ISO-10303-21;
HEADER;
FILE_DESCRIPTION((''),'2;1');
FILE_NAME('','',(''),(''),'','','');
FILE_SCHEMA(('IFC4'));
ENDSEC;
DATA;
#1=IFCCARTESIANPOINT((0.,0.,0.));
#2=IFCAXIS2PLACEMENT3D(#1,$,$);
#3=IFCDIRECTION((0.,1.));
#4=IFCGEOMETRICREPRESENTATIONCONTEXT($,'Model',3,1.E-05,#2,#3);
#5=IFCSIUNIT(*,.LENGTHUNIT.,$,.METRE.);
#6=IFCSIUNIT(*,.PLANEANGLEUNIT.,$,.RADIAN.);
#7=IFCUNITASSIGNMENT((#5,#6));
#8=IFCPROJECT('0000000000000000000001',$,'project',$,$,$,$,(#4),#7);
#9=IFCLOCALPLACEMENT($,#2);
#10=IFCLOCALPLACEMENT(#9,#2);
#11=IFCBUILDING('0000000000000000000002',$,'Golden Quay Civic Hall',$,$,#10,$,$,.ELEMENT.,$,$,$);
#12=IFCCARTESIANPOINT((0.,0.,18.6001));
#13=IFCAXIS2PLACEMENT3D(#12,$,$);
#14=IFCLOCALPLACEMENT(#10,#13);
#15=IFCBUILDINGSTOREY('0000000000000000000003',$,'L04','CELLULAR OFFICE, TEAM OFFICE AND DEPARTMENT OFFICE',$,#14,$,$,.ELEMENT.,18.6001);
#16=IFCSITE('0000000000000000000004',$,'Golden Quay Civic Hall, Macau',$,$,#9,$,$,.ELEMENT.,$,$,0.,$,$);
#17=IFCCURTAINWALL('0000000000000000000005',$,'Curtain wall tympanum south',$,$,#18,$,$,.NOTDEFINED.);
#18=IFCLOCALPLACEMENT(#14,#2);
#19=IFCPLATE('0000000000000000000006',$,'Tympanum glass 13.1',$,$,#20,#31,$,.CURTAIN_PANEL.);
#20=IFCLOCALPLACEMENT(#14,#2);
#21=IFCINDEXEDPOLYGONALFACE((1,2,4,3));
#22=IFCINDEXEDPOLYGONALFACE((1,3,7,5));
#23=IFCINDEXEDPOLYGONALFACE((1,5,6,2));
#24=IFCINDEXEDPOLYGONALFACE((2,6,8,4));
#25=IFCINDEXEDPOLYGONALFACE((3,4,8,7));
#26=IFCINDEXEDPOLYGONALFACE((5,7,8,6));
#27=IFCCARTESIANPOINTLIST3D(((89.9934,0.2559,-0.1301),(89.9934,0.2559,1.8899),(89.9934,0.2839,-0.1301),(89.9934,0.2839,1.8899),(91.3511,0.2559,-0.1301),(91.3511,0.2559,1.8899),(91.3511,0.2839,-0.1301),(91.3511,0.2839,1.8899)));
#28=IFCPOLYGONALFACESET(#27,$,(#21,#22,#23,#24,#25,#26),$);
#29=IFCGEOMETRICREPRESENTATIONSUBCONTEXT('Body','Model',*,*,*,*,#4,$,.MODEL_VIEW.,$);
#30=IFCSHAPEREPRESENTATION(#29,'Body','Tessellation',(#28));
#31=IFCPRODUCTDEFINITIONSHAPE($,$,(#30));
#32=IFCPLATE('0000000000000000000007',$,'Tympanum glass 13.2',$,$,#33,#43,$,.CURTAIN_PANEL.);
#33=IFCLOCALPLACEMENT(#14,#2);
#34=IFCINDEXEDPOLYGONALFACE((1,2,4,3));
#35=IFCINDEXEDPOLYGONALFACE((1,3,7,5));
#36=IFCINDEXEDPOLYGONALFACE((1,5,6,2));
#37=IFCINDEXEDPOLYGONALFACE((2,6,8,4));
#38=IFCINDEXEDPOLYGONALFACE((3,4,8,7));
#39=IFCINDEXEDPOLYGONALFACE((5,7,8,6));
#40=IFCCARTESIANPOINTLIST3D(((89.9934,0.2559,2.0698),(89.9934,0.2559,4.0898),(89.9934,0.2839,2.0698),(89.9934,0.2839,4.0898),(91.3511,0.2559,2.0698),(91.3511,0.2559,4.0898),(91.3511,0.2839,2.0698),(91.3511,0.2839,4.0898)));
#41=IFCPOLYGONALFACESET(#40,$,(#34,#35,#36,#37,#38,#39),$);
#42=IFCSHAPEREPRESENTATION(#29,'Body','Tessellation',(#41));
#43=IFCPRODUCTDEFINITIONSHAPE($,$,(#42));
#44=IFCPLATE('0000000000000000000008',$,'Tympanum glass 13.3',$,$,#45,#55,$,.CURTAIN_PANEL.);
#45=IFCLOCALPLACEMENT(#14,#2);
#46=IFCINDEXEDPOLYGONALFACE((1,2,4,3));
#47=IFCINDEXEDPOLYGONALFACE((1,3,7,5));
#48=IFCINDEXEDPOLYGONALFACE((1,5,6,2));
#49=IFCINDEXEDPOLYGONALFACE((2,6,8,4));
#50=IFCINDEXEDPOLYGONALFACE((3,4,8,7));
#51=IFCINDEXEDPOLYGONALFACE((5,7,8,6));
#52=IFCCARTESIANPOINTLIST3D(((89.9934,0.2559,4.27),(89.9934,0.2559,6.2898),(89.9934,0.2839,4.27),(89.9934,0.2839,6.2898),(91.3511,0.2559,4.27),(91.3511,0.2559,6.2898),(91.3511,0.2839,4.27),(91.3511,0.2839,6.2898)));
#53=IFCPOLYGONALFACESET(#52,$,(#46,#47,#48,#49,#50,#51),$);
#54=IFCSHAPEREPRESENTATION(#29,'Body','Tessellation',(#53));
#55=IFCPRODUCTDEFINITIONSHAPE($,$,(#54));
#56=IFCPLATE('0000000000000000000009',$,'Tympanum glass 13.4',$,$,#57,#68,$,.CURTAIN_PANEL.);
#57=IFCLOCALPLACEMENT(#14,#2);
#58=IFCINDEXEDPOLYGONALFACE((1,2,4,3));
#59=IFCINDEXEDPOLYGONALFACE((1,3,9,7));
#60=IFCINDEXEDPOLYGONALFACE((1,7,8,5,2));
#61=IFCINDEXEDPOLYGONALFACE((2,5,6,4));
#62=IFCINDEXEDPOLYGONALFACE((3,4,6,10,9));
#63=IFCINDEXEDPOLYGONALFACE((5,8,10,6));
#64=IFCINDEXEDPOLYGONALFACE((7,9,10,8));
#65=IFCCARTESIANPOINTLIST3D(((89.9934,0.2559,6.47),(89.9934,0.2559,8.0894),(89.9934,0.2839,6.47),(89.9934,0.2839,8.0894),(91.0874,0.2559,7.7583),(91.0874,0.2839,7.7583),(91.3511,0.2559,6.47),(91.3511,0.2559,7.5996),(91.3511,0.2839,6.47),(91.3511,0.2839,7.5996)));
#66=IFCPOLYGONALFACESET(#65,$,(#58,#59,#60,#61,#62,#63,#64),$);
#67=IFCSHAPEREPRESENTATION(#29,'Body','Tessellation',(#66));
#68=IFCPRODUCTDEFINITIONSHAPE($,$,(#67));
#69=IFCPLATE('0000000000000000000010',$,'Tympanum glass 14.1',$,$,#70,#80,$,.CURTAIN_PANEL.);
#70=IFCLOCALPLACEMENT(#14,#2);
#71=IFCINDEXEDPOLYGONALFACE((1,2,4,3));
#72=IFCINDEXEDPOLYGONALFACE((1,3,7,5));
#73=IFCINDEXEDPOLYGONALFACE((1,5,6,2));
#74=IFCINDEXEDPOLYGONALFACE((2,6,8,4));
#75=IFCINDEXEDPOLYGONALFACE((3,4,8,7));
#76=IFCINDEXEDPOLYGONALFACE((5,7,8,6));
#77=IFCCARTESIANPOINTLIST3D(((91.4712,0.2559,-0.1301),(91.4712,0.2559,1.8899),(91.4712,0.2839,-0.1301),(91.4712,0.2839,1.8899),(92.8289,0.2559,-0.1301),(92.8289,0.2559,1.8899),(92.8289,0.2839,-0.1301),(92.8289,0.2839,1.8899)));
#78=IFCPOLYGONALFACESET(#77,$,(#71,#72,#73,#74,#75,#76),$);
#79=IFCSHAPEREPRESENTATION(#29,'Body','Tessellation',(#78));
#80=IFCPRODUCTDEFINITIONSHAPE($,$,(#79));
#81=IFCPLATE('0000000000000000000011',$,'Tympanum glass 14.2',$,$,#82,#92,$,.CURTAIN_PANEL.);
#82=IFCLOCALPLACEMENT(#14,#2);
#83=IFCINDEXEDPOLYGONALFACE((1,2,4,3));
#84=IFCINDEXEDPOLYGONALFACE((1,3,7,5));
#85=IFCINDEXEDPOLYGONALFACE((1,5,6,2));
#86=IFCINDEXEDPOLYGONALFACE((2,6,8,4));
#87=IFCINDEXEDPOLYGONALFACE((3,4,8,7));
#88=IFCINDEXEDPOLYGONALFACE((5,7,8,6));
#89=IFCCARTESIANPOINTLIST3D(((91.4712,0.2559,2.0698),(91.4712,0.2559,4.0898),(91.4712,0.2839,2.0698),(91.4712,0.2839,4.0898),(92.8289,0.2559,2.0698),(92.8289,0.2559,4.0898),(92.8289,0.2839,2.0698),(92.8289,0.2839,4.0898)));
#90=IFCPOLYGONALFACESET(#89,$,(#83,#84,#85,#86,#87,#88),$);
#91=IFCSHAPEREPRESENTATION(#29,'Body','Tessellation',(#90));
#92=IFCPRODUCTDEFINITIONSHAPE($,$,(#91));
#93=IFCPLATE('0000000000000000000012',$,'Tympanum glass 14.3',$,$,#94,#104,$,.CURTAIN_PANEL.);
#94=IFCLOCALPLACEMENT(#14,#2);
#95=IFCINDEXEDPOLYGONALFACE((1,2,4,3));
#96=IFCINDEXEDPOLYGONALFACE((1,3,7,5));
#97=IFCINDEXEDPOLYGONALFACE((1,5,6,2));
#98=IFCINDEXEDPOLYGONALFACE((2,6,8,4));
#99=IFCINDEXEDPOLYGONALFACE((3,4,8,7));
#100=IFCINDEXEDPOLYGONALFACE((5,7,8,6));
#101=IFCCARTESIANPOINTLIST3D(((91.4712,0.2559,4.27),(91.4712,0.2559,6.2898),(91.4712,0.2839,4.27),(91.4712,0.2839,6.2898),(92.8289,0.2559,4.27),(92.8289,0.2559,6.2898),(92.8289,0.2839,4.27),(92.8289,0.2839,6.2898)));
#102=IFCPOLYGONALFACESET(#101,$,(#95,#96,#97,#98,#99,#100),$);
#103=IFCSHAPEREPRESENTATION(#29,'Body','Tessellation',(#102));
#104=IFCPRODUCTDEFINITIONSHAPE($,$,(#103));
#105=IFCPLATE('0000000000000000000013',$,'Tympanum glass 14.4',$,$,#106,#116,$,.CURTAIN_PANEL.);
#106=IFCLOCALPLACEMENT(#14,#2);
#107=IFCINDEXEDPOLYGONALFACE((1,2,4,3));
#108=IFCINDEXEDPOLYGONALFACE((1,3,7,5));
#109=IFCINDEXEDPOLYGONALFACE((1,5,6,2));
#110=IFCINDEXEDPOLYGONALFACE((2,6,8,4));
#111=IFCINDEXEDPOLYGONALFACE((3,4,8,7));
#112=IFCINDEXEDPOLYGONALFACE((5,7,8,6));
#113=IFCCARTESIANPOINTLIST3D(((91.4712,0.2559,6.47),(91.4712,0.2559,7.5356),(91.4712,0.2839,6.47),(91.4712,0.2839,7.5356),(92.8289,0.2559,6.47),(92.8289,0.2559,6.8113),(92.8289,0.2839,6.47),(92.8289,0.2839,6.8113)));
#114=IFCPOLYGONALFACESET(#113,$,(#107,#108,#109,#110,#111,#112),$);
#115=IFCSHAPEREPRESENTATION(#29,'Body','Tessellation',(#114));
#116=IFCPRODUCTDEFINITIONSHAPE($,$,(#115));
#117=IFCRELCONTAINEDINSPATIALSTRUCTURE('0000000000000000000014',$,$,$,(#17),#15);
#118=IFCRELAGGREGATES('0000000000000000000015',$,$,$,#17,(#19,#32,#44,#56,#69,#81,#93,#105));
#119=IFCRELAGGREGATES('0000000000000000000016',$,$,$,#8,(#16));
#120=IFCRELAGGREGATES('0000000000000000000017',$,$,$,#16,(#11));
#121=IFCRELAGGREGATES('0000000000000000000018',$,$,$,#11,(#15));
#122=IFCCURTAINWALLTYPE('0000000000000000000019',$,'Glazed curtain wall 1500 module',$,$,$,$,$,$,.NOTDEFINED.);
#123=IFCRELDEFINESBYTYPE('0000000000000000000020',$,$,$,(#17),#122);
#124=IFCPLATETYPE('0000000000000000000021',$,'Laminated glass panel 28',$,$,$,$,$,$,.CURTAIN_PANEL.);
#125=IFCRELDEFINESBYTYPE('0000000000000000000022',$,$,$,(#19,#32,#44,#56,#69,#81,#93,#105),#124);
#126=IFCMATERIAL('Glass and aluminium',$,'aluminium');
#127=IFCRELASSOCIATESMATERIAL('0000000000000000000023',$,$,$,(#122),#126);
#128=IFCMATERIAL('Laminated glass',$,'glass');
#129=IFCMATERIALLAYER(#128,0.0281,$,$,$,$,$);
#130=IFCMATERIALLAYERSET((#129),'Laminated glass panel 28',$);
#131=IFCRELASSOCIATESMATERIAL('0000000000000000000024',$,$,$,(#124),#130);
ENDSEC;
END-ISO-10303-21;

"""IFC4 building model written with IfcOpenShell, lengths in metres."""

from ifc_helpers import new_model, si_unit, direction, frame, origin, place, context, subcontext, project, spatial, polyline, outline, extrude, material, layer, layer_set, type_object, element, aggregate, save


model = new_model("IFC4")

# Units and contexts
model_context = context("Model", 3, precision=1e-05, world=origin(), true_north=direction((0.0, 1.0)))
body_context = subcontext(model_context, "Body", "Model", "MODEL_VIEW")
ifc_project = project(units=[si_unit("LENGTHUNIT", "METRE"), si_unit("PLANEANGLEUNIT", "RADIAN")], contexts=[model_context])

# Site, building, storey
site_placement = place(None, origin())
site = spatial("IfcSite", under=ifc_project, at=site_placement, Name="Golden Quay Civic Hall, Macau", CompositionType="ELEMENT", RefElevation=0.0)
building_placement = place(site_placement, origin())
building = spatial("IfcBuilding", under=site, at=building_placement, Name="Golden Quay Civic Hall", CompositionType="ELEMENT")
storey_placement = place(building_placement, frame((0.0, 0.0, 18.6001)))
storey = spatial("IfcBuildingStorey", under=building, at=storey_placement, Name="L04", Description="CELLULAR OFFICE, TEAM OFFICE AND DEPARTMENT OFFICE", CompositionType="ELEMENT", Elevation=18.6001)

# Curtain wall, plates
ifc_material_1 = material(Name="Glass and aluminium", Category="aluminium")
curtain_wall_type = type_object("IfcCurtainWallType", Name="Glazed curtain wall 1500 module", PredefinedType="NOTDEFINED", material=ifc_material_1)
curtain_wall_placement = place(storey_placement, origin())
curtain_wall = element("IfcCurtainWall", 1, at=curtain_wall_placement, inside=storey, type_object=curtain_wall_type, Name="Curtain wall tympanum south", PredefinedType="NOTDEFINED")
ifc_material_2 = material(Name="Laminated glass", Category="glass")
ifc_layer = layer(ifc_material_2, 0.0281)
ifc_layer_set = layer_set([ifc_layer], Name="Laminated glass panel 28")
plate_type = type_object("IfcPlateType", Name="Laminated glass panel 28", PredefinedType="CURTAIN_PANEL", material=ifc_layer_set)
plate_1_placement = place(storey_placement, frame((91.3511, 0.2839, -0.1301), z_axis=(0.0, 1.0, 0.0), x_axis=(-1.0, 0.0, 0.0)))
plate_1 = element("IfcPlate", 2, at=plate_1_placement, type_object=plate_type, Name="Tympanum glass 13.1", PredefinedType="CURTAIN_PANEL", context=body_context, shape_type="SweptSolid", body=[
    extrude(outline(polyline([(0.0, 0.0), (1.3577, 0.0), (1.3577, 2.02), (0.0, 2.02), (0.0, 0.0)])), origin(), (0.0, 0.0, -1.0), 0.0281),
])
plate_2_placement = place(storey_placement, frame((91.3511, 0.2839, 2.0698), z_axis=(0.0, 1.0, 0.0), x_axis=(-1.0, 0.0, 0.0)))
plate_2 = element("IfcPlate", 3, at=plate_2_placement, type_object=plate_type, Name="Tympanum glass 13.2", PredefinedType="CURTAIN_PANEL", context=body_context, shape_type="SweptSolid", body=[
    extrude(outline(polyline([(0.0, 0.0), (1.3577, 0.0), (1.3577, 2.02), (0.0, 2.02), (0.0, 0.0)])), origin(), (0.0, 0.0, -1.0), 0.0281),
])
plate_3_placement = place(storey_placement, frame((91.3511, 0.2839, 4.27), z_axis=(0.0, 1.0, 0.0), x_axis=(-1.0, 0.0, 0.0)))
plate_3 = element("IfcPlate", 4, at=plate_3_placement, type_object=plate_type, Name="Tympanum glass 13.3", PredefinedType="CURTAIN_PANEL", context=body_context, shape_type="SweptSolid", body=[
    extrude(outline(polyline([(0.0, 0.0), (1.3577, 0.0), (1.3577, 2.0198), (0.0, 2.0198), (0.0, 0.0)])), origin(), (0.0, 0.0, -1.0), 0.0281),
])
plate_4_placement = place(storey_placement, frame((91.3511, 0.2839, 6.47), z_axis=(0.0, 1.0, 0.0), x_axis=(-1.0, 0.0, 0.0)))
plate_4 = element("IfcPlate", 5, at=plate_4_placement, type_object=plate_type, Name="Tympanum glass 13.4", PredefinedType="CURTAIN_PANEL", context=body_context, shape_type="SweptSolid", body=[
    extrude(outline(polyline([(0.0, 0.0), (1.3577, 0.0), (1.3577, 1.6194), (0.2637, 1.2883), (0.0, 1.1296), (0.0, 0.0)])), origin(), (0.0, 0.0, -1.0), 0.0281),
])
plate_5_placement = place(storey_placement, frame((92.8289, 0.2839, -0.1301), z_axis=(0.0, 1.0, 0.0), x_axis=(-1.0, 0.0, 0.0)))
plate_5 = element("IfcPlate", 6, at=plate_5_placement, type_object=plate_type, Name="Tympanum glass 14.1", PredefinedType="CURTAIN_PANEL", context=body_context, shape_type="SweptSolid", body=[
    extrude(outline(polyline([(0.0, 0.0), (1.3577, 0.0), (1.3577, 2.02), (0.0, 2.02), (0.0, 0.0)])), origin(), (0.0, 0.0, -1.0), 0.0281),
])
plate_6_placement = place(storey_placement, frame((92.8289, 0.2839, 2.0698), z_axis=(0.0, 1.0, 0.0), x_axis=(-1.0, 0.0, 0.0)))
plate_6 = element("IfcPlate", 7, at=plate_6_placement, type_object=plate_type, Name="Tympanum glass 14.2", PredefinedType="CURTAIN_PANEL", context=body_context, shape_type="SweptSolid", body=[
    extrude(outline(polyline([(0.0, 0.0), (1.3577, 0.0), (1.3577, 2.02), (0.0, 2.02), (0.0, 0.0)])), origin(), (0.0, 0.0, -1.0), 0.0281),
])
plate_7_placement = place(storey_placement, frame((92.8289, 0.2839, 4.27), z_axis=(0.0, 1.0, 0.0), x_axis=(-1.0, 0.0, 0.0)))
plate_7 = element("IfcPlate", 8, at=plate_7_placement, type_object=plate_type, Name="Tympanum glass 14.3", PredefinedType="CURTAIN_PANEL", context=body_context, shape_type="SweptSolid", body=[
    extrude(outline(polyline([(0.0, 0.0), (1.3577, 0.0), (1.3577, 2.0198), (0.0, 2.0198), (0.0, 0.0)])), origin(), (0.0, 0.0, -1.0), 0.0281),
])
plate_8_placement = place(storey_placement, frame((92.8289, 0.2839, 6.47), z_axis=(0.0, 1.0, 0.0), x_axis=(-1.0, 0.0, 0.0)))
plate_8 = element("IfcPlate", 9, at=plate_8_placement, type_object=plate_type, Name="Tympanum glass 14.4", PredefinedType="CURTAIN_PANEL", context=body_context, shape_type="SweptSolid", body=[
    extrude(outline(polyline([(0.0, 0.0), (1.3577, 0.0), (1.3577, 1.0657), (0.0, 0.3413), (0.0, 0.0)])), origin(), (0.0, 0.0, -1.0), 0.0281),
])
aggregate(curtain_wall, [plate_1, plate_2, plate_3, plate_4, plate_5, plate_6, plate_7, plate_8])

save(model, "model.ifc")
